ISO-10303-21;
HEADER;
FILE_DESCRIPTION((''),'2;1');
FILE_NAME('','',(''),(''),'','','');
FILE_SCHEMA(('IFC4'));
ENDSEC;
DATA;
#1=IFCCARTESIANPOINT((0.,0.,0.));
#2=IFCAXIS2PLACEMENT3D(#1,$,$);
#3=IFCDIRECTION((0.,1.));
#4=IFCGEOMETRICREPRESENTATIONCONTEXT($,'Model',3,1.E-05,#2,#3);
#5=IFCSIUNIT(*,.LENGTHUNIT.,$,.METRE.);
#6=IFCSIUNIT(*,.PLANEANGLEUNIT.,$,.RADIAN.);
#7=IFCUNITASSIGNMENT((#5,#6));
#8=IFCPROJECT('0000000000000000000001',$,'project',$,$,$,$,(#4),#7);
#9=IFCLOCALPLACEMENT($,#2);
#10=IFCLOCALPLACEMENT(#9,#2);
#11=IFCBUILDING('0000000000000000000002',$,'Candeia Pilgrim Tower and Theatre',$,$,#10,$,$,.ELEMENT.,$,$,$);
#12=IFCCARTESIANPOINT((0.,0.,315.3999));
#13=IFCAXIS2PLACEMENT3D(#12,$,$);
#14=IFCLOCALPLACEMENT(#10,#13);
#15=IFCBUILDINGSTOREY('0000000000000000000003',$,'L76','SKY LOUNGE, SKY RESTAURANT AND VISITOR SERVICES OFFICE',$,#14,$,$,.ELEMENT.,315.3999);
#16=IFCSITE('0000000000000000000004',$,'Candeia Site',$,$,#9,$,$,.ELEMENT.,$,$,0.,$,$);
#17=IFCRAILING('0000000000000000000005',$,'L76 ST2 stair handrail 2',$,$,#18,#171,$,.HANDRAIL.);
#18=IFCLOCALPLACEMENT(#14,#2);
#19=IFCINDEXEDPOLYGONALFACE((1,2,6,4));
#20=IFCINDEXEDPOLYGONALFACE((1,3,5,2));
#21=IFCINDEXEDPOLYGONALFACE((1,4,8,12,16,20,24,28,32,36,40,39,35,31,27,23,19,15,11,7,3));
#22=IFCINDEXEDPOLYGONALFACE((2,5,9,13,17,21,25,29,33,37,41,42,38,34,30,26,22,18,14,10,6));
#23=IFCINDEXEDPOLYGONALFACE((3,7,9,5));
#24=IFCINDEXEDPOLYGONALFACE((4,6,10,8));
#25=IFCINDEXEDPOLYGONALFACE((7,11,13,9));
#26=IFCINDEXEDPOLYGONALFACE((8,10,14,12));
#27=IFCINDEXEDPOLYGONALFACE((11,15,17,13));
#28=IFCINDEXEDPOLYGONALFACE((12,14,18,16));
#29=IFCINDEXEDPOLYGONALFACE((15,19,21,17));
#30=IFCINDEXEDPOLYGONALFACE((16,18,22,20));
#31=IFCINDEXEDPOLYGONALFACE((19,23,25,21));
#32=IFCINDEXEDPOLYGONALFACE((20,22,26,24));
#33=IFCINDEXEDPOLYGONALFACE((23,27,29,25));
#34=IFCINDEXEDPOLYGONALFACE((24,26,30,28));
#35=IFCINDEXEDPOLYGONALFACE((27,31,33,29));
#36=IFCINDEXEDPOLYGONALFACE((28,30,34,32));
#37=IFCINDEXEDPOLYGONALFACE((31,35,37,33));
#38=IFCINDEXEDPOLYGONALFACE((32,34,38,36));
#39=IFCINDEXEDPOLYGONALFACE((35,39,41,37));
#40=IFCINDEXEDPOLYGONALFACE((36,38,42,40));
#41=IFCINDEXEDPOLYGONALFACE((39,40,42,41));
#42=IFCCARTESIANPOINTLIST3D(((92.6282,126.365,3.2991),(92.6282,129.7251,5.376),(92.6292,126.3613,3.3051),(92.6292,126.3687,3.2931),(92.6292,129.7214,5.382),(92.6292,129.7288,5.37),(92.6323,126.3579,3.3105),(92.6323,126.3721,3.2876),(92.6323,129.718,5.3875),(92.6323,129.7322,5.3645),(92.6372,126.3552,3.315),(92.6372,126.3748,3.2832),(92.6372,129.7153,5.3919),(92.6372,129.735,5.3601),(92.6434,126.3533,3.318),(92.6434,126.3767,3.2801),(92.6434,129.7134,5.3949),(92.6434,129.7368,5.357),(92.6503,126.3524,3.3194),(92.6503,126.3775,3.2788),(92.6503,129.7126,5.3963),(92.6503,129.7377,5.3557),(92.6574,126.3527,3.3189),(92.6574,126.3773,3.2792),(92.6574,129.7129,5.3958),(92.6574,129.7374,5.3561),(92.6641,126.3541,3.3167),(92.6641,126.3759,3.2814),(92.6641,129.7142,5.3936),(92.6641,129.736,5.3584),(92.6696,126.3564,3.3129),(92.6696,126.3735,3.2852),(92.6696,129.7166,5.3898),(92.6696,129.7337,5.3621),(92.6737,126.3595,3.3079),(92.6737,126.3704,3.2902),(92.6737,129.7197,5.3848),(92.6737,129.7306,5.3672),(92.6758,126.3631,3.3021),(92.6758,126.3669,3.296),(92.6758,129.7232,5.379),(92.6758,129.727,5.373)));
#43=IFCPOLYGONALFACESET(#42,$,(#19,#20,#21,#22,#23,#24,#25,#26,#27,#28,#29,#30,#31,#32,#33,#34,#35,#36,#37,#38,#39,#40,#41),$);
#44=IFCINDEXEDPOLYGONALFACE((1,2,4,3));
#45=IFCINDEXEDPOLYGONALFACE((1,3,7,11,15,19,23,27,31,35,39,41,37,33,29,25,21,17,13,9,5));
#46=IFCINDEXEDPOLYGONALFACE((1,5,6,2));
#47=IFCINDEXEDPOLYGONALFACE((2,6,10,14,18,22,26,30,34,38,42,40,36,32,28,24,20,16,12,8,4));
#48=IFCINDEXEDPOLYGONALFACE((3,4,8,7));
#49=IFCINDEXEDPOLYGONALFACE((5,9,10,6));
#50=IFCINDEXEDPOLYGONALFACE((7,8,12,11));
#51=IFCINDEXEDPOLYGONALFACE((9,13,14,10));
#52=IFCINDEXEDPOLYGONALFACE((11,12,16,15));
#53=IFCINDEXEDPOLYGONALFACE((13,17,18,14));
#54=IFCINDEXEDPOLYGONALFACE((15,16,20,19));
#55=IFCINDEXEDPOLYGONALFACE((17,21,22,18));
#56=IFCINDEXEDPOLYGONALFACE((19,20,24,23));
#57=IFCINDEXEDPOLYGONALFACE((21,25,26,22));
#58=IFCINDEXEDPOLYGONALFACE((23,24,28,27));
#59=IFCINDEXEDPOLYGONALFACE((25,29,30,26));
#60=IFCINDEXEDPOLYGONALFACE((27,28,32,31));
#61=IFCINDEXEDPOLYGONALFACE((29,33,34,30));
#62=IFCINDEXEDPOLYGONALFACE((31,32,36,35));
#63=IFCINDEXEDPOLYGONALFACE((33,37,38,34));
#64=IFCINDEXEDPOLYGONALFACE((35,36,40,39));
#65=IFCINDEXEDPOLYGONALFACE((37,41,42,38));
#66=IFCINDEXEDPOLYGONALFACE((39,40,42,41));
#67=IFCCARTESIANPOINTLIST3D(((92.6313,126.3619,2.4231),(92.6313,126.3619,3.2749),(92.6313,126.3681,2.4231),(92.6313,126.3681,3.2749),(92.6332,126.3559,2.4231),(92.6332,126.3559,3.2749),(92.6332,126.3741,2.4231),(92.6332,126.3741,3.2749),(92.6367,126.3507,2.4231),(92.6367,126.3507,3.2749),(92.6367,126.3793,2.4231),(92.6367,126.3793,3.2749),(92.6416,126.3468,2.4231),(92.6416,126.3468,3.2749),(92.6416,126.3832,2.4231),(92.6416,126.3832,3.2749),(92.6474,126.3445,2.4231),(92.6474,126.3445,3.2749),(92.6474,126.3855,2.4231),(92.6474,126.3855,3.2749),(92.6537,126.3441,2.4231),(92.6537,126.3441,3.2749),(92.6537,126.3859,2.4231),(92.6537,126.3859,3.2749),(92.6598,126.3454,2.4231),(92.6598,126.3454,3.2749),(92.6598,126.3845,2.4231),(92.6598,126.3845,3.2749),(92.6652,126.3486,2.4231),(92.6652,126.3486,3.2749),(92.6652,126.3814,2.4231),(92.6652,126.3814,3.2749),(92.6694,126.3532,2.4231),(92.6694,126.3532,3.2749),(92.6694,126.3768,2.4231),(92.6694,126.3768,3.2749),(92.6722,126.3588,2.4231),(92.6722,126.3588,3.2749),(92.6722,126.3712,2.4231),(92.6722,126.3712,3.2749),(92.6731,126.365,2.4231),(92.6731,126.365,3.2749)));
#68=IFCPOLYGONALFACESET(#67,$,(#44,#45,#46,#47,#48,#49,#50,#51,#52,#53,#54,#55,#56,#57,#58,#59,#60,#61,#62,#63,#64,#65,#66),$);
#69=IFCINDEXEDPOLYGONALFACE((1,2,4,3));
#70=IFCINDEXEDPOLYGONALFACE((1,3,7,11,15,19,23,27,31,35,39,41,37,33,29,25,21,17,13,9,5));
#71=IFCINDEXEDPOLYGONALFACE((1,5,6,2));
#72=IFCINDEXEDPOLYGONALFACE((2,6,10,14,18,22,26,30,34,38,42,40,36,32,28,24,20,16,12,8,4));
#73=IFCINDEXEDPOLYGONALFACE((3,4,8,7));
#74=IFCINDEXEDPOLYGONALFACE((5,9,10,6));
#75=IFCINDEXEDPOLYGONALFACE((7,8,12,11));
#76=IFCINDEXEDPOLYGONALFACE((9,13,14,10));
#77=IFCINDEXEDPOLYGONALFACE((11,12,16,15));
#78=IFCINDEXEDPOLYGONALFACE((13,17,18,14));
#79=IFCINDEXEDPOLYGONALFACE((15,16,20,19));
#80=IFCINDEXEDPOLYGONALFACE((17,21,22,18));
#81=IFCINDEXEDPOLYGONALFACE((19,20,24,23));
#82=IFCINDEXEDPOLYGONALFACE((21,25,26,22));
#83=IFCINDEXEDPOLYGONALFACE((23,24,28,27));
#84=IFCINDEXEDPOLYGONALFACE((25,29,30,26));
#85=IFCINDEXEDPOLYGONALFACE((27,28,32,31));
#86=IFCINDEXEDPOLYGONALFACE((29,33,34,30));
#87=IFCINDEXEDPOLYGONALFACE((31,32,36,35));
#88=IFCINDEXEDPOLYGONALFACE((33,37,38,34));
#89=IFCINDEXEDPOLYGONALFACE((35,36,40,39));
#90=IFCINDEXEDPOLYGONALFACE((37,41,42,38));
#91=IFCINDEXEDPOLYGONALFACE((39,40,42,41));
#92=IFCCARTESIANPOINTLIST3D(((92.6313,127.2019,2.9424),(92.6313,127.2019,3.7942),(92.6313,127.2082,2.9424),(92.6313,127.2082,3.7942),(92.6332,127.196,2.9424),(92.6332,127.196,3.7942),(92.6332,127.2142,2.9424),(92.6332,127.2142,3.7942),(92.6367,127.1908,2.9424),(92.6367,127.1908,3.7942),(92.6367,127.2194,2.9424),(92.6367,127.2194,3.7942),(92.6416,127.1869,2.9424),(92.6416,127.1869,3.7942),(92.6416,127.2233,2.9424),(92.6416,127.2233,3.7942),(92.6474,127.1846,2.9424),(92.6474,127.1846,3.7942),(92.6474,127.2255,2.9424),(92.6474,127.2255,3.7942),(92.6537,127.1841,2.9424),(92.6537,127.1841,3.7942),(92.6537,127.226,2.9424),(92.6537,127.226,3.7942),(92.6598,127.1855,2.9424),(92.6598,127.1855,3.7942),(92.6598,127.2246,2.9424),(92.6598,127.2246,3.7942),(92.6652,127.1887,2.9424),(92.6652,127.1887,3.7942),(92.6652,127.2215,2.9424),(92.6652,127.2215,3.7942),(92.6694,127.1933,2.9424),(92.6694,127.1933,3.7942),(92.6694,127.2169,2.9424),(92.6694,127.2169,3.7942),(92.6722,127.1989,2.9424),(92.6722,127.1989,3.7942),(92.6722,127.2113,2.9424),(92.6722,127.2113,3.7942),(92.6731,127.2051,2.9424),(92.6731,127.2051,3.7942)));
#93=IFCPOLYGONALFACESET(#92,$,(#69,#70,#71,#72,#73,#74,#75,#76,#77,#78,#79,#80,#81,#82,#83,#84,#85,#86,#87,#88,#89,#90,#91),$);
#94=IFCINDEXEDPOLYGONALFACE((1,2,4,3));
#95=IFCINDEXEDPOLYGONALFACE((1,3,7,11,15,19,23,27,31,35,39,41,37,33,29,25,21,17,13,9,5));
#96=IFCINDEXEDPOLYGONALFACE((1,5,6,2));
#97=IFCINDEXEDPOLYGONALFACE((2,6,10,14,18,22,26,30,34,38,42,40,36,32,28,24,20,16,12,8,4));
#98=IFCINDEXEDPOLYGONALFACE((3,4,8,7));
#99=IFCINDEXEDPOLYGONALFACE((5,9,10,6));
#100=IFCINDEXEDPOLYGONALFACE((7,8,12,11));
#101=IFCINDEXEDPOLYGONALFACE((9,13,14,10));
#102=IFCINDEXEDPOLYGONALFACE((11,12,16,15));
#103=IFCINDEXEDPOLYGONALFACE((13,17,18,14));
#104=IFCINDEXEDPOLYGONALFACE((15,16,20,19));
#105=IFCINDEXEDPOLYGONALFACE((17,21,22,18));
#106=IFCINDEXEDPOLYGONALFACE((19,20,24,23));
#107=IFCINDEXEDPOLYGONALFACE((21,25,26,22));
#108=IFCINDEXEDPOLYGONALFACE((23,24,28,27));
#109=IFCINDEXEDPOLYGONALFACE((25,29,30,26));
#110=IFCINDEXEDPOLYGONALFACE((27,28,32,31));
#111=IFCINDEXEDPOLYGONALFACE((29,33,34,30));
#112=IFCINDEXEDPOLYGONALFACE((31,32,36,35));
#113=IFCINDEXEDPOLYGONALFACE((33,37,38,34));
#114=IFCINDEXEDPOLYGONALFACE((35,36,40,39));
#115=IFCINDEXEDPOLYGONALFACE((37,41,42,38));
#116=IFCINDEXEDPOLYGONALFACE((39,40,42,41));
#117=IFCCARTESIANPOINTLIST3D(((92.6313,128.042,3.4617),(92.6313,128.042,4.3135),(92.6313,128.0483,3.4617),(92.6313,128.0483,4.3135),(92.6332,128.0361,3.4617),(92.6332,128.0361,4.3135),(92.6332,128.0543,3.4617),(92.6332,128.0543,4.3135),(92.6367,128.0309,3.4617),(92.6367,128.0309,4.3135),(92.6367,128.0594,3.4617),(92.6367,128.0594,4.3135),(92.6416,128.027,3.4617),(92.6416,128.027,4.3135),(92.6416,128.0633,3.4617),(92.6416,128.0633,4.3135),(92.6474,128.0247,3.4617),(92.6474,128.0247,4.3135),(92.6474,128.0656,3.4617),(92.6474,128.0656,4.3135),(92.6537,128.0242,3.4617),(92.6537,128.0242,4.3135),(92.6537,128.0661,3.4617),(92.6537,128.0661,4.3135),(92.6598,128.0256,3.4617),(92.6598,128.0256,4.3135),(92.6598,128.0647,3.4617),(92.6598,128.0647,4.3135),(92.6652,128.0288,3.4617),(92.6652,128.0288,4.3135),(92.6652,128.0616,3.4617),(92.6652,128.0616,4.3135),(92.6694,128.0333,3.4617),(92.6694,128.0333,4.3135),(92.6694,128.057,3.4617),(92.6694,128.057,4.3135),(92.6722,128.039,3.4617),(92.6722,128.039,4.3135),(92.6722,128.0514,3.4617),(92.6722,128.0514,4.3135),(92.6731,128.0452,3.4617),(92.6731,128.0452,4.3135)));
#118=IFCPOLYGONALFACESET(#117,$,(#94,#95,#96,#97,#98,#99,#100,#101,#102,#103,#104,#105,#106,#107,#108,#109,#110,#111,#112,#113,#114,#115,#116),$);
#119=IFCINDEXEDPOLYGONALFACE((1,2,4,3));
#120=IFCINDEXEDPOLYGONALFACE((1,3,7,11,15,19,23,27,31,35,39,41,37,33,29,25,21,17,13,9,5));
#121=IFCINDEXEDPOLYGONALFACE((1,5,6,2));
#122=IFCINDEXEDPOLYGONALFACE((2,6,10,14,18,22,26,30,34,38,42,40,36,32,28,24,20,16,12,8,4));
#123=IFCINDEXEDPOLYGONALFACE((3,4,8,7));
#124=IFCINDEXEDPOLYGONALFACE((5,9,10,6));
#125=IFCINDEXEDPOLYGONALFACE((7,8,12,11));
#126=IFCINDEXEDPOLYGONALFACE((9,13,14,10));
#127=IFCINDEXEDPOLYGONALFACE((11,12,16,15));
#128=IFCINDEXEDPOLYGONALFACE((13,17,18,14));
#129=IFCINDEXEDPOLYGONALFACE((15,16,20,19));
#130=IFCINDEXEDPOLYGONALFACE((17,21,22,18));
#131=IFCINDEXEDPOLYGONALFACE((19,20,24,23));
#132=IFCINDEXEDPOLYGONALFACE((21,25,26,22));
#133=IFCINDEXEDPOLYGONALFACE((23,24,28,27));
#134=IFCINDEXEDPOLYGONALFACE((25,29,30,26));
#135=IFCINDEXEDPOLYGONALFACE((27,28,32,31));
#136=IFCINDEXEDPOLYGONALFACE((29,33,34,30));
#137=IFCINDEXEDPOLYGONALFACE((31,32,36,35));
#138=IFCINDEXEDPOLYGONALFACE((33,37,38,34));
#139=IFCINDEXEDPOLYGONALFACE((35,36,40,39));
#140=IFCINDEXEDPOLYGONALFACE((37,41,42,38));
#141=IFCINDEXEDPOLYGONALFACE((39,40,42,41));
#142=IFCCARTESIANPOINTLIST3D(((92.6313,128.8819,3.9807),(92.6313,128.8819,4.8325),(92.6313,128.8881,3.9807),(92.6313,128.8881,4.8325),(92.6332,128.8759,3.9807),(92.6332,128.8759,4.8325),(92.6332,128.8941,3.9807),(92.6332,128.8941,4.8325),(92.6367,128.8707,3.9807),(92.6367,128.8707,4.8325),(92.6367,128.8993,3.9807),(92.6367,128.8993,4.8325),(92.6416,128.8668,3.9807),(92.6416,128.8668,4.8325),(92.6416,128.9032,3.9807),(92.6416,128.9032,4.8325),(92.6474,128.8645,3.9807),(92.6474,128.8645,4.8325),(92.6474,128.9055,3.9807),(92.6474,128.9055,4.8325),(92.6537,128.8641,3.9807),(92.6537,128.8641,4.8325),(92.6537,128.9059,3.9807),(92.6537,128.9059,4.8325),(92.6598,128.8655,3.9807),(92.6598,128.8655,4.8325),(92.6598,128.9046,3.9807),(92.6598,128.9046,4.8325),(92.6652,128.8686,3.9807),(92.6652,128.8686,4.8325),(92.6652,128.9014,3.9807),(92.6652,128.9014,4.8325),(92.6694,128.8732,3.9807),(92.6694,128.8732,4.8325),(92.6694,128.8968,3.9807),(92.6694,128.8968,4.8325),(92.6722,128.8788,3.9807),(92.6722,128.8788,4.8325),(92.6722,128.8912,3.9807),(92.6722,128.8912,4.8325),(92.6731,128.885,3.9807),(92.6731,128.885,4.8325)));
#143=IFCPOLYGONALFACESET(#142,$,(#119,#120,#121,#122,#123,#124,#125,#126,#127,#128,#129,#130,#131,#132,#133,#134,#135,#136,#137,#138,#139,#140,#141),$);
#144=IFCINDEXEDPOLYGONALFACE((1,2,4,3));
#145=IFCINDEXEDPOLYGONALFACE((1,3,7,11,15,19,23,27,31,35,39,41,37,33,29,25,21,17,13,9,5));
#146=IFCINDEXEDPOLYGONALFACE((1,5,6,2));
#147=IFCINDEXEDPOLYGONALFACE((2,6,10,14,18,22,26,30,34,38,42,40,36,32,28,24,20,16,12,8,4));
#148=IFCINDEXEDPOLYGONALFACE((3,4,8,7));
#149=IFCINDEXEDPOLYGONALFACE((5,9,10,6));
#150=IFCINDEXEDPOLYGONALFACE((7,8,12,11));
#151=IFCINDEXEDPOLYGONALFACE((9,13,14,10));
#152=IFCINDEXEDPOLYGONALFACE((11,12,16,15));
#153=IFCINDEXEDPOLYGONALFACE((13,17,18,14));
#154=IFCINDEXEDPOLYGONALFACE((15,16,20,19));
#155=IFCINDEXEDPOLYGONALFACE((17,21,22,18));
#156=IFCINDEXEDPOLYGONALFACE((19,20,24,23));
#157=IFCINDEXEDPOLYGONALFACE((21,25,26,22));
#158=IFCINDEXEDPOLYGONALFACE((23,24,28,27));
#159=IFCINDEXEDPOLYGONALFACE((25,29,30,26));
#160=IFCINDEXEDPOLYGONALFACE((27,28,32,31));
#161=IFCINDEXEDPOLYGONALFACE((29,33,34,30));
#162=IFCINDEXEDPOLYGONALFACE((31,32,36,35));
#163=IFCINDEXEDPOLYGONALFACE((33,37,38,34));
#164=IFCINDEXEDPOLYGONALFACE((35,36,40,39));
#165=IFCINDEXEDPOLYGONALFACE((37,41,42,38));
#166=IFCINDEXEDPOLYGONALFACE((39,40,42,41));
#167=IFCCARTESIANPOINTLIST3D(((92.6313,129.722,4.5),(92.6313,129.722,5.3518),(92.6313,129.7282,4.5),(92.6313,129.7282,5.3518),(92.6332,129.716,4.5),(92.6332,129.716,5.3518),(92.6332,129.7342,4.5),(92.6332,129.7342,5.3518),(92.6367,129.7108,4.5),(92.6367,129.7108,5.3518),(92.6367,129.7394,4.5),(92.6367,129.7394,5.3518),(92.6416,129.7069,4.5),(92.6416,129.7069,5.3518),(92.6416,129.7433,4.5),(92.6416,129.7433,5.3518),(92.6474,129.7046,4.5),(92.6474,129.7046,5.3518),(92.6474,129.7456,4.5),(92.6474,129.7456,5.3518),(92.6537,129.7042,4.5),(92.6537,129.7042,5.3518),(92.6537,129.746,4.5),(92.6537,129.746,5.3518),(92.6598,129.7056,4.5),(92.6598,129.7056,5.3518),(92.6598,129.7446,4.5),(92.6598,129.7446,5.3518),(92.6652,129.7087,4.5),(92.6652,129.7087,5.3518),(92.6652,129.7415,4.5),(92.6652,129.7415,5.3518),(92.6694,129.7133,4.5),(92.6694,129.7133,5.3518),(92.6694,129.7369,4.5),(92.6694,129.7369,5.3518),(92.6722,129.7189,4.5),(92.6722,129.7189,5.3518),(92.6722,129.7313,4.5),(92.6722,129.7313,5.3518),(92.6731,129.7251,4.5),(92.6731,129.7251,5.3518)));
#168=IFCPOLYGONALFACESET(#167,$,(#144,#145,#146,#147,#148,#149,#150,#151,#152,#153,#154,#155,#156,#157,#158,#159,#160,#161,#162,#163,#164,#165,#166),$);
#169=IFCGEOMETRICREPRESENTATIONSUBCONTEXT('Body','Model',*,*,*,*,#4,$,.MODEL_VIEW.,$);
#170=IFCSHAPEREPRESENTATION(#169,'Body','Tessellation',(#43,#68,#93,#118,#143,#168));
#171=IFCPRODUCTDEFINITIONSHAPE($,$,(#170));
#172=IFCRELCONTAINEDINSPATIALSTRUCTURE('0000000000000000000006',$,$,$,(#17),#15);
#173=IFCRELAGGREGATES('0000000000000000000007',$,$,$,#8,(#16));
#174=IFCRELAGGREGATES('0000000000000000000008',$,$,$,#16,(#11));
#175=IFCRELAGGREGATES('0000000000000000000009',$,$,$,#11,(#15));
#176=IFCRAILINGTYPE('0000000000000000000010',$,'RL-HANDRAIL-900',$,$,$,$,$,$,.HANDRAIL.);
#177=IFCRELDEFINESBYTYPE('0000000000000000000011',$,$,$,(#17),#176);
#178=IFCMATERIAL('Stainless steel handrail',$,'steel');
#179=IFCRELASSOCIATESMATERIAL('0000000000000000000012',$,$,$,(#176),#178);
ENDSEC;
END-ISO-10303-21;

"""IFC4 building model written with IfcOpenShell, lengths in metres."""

from ifc_helpers import new_model, si_unit, direction, frame, origin, origin_2d, place, context, subcontext, project, spatial, circle, extrude, material, type_object, element, save


model = new_model("IFC4")

# Units and contexts
model_context = context("Model", 3, precision=1e-05, world=origin(), true_north=direction((0.0, 1.0)))
body_context = subcontext(model_context, "Body", "Model", "MODEL_VIEW")
ifc_project = project(units=[si_unit("LENGTHUNIT", "METRE"), si_unit("PLANEANGLEUNIT", "RADIAN")], contexts=[model_context])

# Site, building, storey
site_placement = place(None, origin())
site = spatial("IfcSite", under=ifc_project, at=site_placement, Name="Candeia Site", CompositionType="ELEMENT", RefElevation=0.0)
building_placement = place(site_placement, origin())
building = spatial("IfcBuilding", under=site, at=building_placement, Name="Candeia Pilgrim Tower and Theatre", CompositionType="ELEMENT")
storey_placement = place(building_placement, frame((0.0, 0.0, 315.3999)))
storey = spatial("IfcBuildingStorey", under=building, at=storey_placement, Name="L76", Description="SKY LOUNGE, SKY RESTAURANT AND VISITOR SERVICES OFFICE", CompositionType="ELEMENT", Elevation=315.3999)

# Railing
ifc_material_1 = material(Name="Stainless steel handrail", Category="steel")
railing_type_1 = type_object("IfcRailingType", Name="RL-HANDRAIL-900", PredefinedType="HANDRAIL", material=ifc_material_1)
for number, where, name in (
    (1, (92.6521, 126.365, 2.4231), "L76 ST2 stair handrail 2"),
):
    element("IfcRailing", number, at=place(storey_placement, frame(where)), inside=storey, type_object=railing_type_1, Name=name, PredefinedType="HANDRAIL", context=body_context, shape_type="SweptSolid", body=[
        extrude(circle(Radius=0.0239, at=origin_2d()), frame((0.0, 0.0, 0.876), z_axis=(0.0, 0.850623, 0.525776), x_axis=(-1.0, 0.0, 0.0)), (0.0, 0.0, 1.0), 3.9502),
        extrude(circle(Radius=0.021, at=origin_2d()), origin(), (0.0, 0.0, 1.0), 0.8518),
        extrude(circle(Radius=0.021, at=origin_2d()), frame((0.0, 0.8401, 0.5193)), (0.0, 0.0, 1.0), 0.8518),
        extrude(circle(Radius=0.021, at=origin_2d()), frame((0.0, 1.6802, 1.0386)), (0.0, 0.0, 1.0), 0.8518),
        extrude(circle(Radius=0.021, at=origin_2d()), frame((0.0, 2.52, 1.5576)), (0.0, 0.0, 1.0), 0.8518),
        extrude(circle(Radius=0.021, at=origin_2d()), frame((0.0, 3.3601, 2.0769)), (0.0, 0.0, 1.0), 0.8518),
    ])

save(model, "model.ifc")
